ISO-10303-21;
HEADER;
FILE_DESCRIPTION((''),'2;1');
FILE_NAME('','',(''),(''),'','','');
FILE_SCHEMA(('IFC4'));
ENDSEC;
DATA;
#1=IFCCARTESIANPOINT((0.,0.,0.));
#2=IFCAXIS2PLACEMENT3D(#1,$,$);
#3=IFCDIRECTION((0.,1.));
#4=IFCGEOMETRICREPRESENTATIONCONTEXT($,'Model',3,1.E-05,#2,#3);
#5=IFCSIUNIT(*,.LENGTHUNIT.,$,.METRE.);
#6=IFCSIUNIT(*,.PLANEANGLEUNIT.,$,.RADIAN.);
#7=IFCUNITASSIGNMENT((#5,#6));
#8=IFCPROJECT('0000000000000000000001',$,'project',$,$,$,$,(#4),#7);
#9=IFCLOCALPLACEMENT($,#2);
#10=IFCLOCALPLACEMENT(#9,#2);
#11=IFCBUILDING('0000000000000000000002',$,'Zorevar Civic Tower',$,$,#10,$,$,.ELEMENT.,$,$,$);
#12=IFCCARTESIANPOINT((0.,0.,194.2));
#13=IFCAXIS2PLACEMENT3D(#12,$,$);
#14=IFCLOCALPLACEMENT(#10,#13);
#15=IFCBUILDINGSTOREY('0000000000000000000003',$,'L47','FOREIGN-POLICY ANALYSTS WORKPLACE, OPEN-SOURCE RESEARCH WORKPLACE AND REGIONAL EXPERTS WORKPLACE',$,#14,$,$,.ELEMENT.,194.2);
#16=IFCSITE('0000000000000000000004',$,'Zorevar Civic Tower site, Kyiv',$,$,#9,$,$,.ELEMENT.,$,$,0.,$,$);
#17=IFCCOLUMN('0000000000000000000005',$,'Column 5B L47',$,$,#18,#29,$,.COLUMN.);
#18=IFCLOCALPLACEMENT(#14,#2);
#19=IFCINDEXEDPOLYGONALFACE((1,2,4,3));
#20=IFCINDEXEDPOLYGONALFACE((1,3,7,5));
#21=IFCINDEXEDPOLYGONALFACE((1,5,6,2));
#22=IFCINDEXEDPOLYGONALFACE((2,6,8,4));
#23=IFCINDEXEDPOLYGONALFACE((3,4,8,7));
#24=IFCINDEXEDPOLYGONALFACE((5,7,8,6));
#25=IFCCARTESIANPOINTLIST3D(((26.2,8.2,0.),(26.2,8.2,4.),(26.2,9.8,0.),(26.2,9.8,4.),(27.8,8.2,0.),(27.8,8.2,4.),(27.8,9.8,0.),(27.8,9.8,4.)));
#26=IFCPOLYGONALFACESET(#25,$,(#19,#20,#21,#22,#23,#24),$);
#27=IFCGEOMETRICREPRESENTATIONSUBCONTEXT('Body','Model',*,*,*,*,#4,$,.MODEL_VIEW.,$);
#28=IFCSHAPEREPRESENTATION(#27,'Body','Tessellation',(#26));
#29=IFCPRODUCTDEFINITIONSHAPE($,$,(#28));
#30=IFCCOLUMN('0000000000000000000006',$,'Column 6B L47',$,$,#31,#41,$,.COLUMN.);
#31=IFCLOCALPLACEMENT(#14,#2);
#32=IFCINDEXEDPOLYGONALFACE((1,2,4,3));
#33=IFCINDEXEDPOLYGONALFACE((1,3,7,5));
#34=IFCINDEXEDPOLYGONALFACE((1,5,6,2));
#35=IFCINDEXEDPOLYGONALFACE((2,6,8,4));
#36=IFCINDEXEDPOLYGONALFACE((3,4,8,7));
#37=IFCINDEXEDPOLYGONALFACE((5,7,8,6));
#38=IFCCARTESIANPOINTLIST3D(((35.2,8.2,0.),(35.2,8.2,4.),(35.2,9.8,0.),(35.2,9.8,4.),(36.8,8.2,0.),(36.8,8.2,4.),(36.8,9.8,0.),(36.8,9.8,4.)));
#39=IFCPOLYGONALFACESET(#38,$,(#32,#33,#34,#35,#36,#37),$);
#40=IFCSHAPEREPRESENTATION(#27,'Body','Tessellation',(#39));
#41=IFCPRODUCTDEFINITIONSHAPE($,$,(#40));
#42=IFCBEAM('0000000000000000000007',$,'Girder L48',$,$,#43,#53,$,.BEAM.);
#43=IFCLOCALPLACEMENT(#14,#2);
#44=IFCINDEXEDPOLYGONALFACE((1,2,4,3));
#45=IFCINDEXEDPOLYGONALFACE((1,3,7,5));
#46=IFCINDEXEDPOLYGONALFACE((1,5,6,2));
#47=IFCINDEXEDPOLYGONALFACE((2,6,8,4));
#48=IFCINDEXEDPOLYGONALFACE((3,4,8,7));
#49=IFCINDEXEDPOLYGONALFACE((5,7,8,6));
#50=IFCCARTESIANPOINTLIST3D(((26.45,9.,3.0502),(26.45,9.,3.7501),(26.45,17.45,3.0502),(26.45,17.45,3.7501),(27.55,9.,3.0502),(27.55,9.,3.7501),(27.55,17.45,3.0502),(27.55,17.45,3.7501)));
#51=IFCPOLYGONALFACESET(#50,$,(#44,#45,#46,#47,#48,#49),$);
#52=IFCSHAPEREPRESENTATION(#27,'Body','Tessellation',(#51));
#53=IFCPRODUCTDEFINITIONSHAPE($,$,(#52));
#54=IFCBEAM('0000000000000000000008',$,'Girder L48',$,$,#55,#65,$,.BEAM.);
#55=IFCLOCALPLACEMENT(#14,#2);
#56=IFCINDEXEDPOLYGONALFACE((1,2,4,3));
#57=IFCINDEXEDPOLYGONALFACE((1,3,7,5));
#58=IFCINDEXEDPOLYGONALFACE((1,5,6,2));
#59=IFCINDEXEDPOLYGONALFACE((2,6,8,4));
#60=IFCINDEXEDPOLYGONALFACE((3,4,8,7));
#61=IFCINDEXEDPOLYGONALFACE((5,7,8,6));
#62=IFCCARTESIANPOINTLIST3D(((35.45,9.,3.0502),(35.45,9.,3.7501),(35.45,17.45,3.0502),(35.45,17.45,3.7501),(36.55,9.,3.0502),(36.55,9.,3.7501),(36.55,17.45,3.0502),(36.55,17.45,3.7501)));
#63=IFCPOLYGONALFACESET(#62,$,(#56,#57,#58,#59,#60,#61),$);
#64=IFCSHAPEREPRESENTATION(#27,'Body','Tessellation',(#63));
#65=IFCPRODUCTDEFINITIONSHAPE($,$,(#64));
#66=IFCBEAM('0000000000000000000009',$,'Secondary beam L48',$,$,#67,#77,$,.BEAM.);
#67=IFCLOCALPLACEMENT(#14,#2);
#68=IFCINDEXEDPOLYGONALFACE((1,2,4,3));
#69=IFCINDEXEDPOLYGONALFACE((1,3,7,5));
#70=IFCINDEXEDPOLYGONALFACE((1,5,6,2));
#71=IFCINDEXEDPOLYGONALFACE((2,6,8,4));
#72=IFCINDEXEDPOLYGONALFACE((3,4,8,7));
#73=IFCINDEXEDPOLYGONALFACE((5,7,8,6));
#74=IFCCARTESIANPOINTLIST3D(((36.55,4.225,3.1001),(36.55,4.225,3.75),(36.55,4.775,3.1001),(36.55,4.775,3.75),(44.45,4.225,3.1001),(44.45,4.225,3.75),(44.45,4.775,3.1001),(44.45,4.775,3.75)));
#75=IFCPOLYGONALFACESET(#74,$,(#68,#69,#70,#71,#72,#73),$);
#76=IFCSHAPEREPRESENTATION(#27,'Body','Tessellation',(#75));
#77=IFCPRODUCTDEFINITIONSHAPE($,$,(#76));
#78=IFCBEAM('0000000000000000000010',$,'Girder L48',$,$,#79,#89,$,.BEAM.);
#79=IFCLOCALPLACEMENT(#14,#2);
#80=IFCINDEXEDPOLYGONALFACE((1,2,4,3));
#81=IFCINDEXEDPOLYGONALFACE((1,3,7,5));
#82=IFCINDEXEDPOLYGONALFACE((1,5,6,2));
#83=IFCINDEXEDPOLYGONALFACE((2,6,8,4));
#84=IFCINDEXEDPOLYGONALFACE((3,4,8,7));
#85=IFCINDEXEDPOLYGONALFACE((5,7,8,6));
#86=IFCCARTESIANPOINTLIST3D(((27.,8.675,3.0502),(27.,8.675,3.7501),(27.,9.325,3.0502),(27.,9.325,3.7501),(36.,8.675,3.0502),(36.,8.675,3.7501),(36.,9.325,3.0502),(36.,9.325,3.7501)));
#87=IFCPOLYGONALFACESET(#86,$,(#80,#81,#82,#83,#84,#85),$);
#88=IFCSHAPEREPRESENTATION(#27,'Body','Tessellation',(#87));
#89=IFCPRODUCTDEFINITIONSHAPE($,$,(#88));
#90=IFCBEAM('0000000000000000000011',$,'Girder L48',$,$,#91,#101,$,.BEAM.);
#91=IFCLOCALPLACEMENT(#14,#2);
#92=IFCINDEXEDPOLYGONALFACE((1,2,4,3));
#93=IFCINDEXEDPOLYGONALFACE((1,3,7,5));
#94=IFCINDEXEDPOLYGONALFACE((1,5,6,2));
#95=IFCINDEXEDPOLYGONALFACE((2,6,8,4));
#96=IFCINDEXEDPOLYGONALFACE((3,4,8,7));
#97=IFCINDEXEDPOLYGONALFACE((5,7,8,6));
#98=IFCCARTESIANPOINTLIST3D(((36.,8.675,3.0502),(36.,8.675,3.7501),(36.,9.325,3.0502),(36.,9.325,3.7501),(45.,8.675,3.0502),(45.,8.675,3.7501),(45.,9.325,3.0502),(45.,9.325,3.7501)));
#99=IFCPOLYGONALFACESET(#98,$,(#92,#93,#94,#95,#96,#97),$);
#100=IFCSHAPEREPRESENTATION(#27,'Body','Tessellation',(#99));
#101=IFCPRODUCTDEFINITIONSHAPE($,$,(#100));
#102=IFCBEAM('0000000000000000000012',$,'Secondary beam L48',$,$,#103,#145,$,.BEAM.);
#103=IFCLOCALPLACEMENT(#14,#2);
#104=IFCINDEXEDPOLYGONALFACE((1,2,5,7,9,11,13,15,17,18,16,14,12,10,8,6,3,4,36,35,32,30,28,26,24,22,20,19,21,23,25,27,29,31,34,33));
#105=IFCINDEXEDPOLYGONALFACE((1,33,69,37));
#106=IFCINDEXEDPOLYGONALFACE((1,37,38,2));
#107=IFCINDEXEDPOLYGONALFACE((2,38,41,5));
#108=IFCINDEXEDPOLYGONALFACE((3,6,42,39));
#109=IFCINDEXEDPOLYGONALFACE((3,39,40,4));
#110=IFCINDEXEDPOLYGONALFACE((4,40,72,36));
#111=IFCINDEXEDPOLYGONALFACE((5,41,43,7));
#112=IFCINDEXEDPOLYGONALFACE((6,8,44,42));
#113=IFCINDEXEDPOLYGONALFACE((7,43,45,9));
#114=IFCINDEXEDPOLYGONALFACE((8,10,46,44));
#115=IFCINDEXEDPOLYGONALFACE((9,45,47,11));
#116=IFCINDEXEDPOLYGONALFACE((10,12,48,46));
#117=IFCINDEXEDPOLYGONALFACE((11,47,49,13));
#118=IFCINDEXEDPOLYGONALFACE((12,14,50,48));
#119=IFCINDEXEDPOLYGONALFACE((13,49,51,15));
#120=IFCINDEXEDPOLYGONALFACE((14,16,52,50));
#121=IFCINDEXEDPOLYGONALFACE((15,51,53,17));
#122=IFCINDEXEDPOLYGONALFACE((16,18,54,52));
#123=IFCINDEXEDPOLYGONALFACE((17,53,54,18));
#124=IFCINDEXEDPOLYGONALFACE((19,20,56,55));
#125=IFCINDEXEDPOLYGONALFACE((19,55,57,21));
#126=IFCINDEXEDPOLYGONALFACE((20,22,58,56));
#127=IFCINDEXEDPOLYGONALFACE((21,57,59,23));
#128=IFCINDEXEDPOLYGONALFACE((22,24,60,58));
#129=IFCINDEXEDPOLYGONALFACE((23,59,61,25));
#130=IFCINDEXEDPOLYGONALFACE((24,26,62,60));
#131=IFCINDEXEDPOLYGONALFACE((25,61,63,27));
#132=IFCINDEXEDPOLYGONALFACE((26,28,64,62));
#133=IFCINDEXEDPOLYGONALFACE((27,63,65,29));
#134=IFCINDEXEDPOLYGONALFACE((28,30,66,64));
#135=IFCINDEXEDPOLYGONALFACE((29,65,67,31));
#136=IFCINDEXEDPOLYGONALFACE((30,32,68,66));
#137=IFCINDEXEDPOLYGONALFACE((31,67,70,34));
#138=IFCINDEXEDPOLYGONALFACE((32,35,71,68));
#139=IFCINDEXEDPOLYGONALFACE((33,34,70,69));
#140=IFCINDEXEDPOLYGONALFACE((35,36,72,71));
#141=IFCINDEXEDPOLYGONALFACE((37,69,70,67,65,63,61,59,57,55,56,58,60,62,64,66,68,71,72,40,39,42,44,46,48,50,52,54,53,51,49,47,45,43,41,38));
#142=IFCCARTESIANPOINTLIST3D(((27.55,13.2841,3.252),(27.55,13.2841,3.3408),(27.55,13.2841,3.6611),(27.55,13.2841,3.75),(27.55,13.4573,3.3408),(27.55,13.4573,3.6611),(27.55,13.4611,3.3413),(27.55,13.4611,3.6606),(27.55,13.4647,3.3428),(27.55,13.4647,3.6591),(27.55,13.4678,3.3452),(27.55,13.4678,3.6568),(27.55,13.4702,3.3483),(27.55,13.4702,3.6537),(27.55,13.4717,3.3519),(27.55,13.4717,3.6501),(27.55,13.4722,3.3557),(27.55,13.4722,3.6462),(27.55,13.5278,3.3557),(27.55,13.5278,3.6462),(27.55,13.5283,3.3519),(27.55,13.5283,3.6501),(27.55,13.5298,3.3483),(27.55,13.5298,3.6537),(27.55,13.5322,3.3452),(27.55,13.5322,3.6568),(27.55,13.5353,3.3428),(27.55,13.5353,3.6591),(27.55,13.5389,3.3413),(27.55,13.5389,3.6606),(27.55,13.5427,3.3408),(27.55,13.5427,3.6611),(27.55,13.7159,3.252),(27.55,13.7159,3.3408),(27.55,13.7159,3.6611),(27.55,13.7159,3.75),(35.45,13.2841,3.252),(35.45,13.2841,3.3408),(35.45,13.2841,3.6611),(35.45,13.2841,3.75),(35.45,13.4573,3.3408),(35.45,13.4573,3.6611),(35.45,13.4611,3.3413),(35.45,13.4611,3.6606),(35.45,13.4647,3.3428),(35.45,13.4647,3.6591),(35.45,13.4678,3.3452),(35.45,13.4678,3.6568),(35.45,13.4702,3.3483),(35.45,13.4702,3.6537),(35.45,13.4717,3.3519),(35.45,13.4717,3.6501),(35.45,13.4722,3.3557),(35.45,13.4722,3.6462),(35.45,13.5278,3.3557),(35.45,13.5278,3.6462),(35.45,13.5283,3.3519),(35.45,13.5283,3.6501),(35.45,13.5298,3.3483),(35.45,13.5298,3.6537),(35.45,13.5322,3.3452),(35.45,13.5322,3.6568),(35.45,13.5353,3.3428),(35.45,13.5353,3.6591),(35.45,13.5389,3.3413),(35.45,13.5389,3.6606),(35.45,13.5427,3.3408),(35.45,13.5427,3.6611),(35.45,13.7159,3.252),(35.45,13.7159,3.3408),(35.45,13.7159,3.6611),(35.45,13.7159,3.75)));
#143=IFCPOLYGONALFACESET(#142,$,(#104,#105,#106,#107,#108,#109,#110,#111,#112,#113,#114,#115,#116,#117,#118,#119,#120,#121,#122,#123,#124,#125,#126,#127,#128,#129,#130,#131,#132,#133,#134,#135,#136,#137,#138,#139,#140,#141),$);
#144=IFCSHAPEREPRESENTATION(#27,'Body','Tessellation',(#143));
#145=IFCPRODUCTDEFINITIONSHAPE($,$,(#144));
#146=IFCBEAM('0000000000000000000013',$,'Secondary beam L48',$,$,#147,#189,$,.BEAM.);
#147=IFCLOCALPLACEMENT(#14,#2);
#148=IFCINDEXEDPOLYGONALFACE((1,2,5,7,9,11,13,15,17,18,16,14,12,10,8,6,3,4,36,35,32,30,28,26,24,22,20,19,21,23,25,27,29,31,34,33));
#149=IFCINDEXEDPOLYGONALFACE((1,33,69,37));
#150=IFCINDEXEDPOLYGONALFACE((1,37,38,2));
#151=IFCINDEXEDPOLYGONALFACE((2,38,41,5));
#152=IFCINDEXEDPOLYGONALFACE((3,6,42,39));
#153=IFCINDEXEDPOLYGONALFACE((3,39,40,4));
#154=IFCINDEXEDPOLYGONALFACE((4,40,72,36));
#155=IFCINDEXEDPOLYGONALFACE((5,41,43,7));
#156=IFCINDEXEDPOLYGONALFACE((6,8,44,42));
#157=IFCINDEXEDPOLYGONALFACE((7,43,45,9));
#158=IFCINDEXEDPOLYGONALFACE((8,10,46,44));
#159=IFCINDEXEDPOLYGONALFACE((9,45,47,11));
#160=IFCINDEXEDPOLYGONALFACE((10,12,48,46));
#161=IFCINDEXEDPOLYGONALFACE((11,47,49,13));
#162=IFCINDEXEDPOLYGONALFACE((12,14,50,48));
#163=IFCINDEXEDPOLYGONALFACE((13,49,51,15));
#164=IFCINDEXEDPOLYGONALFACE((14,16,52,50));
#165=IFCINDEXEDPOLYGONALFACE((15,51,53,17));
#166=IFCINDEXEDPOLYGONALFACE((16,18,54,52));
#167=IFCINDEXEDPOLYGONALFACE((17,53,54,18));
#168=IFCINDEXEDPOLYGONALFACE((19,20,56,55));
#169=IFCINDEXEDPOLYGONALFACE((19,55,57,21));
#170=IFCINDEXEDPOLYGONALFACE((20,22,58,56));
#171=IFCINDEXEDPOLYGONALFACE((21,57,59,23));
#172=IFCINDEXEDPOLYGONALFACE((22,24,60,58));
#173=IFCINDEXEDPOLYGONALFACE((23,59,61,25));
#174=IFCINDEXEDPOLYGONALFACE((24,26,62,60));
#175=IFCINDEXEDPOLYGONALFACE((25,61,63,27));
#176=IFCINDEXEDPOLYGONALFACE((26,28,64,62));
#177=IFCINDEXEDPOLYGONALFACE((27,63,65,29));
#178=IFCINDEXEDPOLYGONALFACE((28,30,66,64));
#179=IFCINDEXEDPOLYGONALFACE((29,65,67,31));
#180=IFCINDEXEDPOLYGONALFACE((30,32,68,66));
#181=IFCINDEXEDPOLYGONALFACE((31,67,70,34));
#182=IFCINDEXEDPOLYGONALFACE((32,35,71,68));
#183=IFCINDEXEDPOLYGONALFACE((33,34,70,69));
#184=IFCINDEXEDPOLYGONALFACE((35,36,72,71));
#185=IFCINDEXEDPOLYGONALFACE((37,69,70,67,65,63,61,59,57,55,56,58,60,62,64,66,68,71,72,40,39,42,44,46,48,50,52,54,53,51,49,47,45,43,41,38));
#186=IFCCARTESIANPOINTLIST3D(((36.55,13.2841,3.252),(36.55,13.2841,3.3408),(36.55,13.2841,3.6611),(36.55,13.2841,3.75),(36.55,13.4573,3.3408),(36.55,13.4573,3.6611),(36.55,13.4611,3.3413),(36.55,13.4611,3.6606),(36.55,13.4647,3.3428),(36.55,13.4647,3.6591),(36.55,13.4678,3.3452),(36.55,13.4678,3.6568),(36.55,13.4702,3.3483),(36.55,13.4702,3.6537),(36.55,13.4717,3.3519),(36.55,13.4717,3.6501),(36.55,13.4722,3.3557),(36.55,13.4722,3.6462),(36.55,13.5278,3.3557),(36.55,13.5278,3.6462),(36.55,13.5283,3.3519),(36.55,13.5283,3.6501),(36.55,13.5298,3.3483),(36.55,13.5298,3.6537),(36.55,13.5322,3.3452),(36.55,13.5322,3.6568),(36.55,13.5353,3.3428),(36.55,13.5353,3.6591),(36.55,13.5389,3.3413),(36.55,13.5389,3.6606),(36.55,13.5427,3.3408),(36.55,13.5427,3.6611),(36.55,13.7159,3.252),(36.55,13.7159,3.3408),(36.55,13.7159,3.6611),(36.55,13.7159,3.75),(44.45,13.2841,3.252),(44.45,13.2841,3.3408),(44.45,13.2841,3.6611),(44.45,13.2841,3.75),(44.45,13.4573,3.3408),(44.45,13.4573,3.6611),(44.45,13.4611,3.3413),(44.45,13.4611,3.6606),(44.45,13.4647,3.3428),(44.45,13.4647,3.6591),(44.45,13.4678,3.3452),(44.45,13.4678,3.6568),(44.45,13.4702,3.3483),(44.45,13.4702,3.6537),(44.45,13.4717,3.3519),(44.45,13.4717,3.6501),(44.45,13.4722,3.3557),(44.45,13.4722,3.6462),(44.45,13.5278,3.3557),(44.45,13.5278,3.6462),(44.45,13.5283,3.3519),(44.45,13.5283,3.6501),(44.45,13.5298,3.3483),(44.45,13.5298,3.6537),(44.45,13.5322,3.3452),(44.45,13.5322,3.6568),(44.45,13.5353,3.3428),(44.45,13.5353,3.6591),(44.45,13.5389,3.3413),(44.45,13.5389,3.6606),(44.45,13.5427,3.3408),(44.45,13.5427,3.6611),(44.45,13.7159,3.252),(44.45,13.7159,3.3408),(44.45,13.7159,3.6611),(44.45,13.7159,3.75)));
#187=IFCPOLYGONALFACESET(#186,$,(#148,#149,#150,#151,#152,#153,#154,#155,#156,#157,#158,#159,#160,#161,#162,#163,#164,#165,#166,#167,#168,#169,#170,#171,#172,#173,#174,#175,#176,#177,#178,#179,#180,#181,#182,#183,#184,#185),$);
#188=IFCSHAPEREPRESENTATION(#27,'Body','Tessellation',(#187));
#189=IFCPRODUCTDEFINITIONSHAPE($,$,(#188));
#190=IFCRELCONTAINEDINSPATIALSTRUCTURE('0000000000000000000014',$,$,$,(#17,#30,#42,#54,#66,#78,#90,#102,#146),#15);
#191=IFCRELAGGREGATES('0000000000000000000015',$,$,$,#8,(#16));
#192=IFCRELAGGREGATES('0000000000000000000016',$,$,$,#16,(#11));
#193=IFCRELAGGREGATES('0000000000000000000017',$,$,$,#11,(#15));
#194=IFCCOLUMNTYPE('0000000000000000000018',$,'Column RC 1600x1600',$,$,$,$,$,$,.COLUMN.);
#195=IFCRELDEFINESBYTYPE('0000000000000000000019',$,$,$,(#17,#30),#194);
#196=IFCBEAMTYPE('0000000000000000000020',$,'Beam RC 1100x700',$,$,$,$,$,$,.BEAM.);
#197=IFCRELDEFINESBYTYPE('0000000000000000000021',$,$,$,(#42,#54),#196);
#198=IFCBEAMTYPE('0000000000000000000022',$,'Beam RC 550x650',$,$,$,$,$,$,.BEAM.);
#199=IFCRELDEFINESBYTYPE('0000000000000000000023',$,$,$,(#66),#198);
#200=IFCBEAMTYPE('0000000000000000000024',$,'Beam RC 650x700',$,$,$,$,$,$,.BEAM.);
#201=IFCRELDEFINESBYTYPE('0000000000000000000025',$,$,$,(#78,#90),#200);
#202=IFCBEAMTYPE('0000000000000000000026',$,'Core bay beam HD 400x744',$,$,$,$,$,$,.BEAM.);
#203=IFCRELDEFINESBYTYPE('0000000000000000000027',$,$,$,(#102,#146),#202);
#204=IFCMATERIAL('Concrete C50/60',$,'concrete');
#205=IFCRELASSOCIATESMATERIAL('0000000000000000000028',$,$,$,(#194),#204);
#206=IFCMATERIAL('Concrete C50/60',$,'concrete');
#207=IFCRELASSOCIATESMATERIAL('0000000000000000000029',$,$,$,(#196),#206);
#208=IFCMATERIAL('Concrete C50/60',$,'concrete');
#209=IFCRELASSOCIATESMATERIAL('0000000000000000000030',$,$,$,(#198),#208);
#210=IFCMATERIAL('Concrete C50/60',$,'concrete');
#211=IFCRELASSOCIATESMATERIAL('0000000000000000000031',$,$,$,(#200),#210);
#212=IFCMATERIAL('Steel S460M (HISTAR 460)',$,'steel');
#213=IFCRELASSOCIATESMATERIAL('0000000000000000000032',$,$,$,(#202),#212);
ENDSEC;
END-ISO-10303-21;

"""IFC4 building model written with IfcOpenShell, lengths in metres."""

from ifc_helpers import new_model, si_unit, direction, frame, origin, origin_2d, place, context, subcontext, project, spatial, rectangle, i_section, extrude, material, material_profile, profile_set, type_object, element, save


model = new_model("IFC4")

# Units and contexts
model_context = context("Model", 3, precision=1e-05, world=origin(), true_north=direction((0.0, 1.0)))
body_context = subcontext(model_context, "Body", "Model", "MODEL_VIEW")
ifc_project = project(units=[si_unit("LENGTHUNIT", "METRE"), si_unit("PLANEANGLEUNIT", "RADIAN")], contexts=[model_context])

# Site, building, storey
site_placement = place(None, origin())
site = spatial("IfcSite", under=ifc_project, at=site_placement, Name="Zorevar Civic Tower site, Kyiv", CompositionType="ELEMENT", RefElevation=0.0)
building_placement = place(site_placement, origin())
building = spatial("IfcBuilding", under=site, at=building_placement, Name="Zorevar Civic Tower", CompositionType="ELEMENT")
storey_placement = place(building_placement, frame((0.0, 0.0, 194.2)))
storey = spatial("IfcBuildingStorey", under=building, at=storey_placement, Name="L47", Description="FOREIGN-POLICY ANALYSTS WORKPLACE, OPEN-SOURCE RESEARCH WORKPLACE AND REGIONAL EXPERTS WORKPLACE", CompositionType="ELEMENT", Elevation=194.2)

# Columns
ifc_material_1 = material(Name="Concrete C50/60", Category="concrete")
ifc_material_profile_1 = material_profile(ifc_material_1, rectangle(XDim=1.6001, YDim=1.6001, at=origin_2d()), Name="RC 1600x1600")
ifc_profile_set_1 = profile_set([ifc_material_profile_1], Name="Concrete C50/60")
column_type = type_object("IfcColumnType", Name="Column RC 1600x1600", PredefinedType="COLUMN", material=ifc_profile_set_1)
for number, where, z_axis, x_axis, name in (
    (1, (27.0, 9.0, 0.0), (0.0, 0.0, 1.0), (1.0, 0.0, 0.0), "Column 5B L47"),
    (2, (36.0, 9.0, 0.0), (0.0, 0.0, 1.0), (1.0, 0.0, 0.0), "Column 6B L47"),
):
    element("IfcColumn", number, at=place(storey_placement, frame(where, z_axis=z_axis, x_axis=x_axis)), inside=storey, type_object=column_type, Name=name, PredefinedType="COLUMN", context=body_context, shape_type="SweptSolid", body=[
        extrude(rectangle(XDim=1.6001, YDim=1.6001, at=origin_2d()), origin(), (0.0, 0.0, 1.0), 4.0),
    ])

# Beams
ifc_material_2 = material(Name="Concrete C50/60", Category="concrete")
ifc_material_profile_2 = material_profile(ifc_material_2, rectangle(XDim=1.1001, YDim=0.7, at=origin_2d()), Name="RC 1100x700")
ifc_profile_set_2 = profile_set([ifc_material_profile_2], Name="Concrete C50/60")
beam_type_1 = type_object("IfcBeamType", Name="Beam RC 1100x700", PredefinedType="BEAM", material=ifc_profile_set_2)
for number, where, z_axis, x_axis, name in (
    (3, (27.0, 9.0, 3.4001), (0.0, 1.0, 0.0), (-1.0, 0.0, 0.0), "Girder L48"),
    (4, (36.0, 9.0, 3.4001), (0.0, 1.0, 0.0), (-1.0, 0.0, 0.0), "Girder L48"),
):
    element("IfcBeam", number, at=place(storey_placement, frame(where, z_axis=z_axis, x_axis=x_axis)), inside=storey, type_object=beam_type_1, Name=name, PredefinedType="BEAM", context=body_context, shape_type="SweptSolid", body=[
        extrude(rectangle(XDim=1.1001, YDim=0.7, at=origin_2d()), origin(), (0.0, 0.0, 1.0), 8.45),
    ])
ifc_material_3 = material(Name="Concrete C50/60", Category="concrete")
ifc_material_profile_3 = material_profile(ifc_material_3, rectangle(XDim=0.55, YDim=0.6499, at=origin_2d()), Name="RC 550x650")
ifc_profile_set_3 = profile_set([ifc_material_profile_3], Name="Concrete C50/60")
beam_type_2 = type_object("IfcBeamType", Name="Beam RC 550x650", PredefinedType="BEAM", material=ifc_profile_set_3)
beam_placement = place(storey_placement, frame((36.55, 4.5, 3.425), z_axis=(1.0, 0.0, 0.0), x_axis=(0.0, 1.0, 0.0)))
element("IfcBeam", 5, at=beam_placement, inside=storey, type_object=beam_type_2, Name="Secondary beam L48", PredefinedType="BEAM", context=body_context, shape_type="SweptSolid", body=[
    extrude(rectangle(XDim=0.55, YDim=0.6499, at=origin_2d()), origin(), (0.0, 0.0, 1.0), 7.8999),
])
ifc_material_4 = material(Name="Concrete C50/60", Category="concrete")
ifc_material_profile_4 = material_profile(ifc_material_4, rectangle(XDim=0.6499, YDim=0.7, at=origin_2d()), Name="RC 650x700")
ifc_profile_set_4 = profile_set([ifc_material_profile_4], Name="Concrete C50/60")
beam_type_3 = type_object("IfcBeamType", Name="Beam RC 650x700", PredefinedType="BEAM", material=ifc_profile_set_4)
for number, where, z_axis, x_axis, name in (
    (6, (27.0, 9.0, 3.4001), (1.0, 0.0, 0.0), (0.0, 1.0, 0.0), "Girder L48"),
    (7, (36.0, 9.0, 3.4001), (1.0, 0.0, 0.0), (0.0, 1.0, 0.0), "Girder L48"),
):
    element("IfcBeam", number, at=place(storey_placement, frame(where, z_axis=z_axis, x_axis=x_axis)), inside=storey, type_object=beam_type_3, Name=name, PredefinedType="BEAM", context=body_context, shape_type="SweptSolid", body=[
        extrude(rectangle(XDim=0.6499, YDim=0.7, at=origin_2d()), origin(), (0.0, 0.0, 1.0), 9.0),
    ])
ifc_material_5 = material(Name="Steel S460M (HISTAR 460)", Category="steel")
ifc_material_profile_5 = material_profile(ifc_material_5, i_section(OverallWidth=0.4319, OverallDepth=0.498, WebThickness=0.0557, FlangeThickness=0.0889, FilletRadius=0.0149, at=origin_2d()), Name="HD 400x744")
ifc_profile_set_5 = profile_set([ifc_material_profile_5], Name="Steel S460M (HISTAR 460)")
beam_type_4 = type_object("IfcBeamType", Name="Core bay beam HD 400x744", PredefinedType="BEAM", material=ifc_profile_set_5)
for number, where, z_axis, x_axis, name in (
    (8, (27.55, 13.5, 3.501), (1.0, 0.0, 0.0), (0.0, 1.0, 0.0), "Secondary beam L48"),
    (9, (36.55, 13.5, 3.501), (1.0, 0.0, 0.0), (0.0, 1.0, 0.0), "Secondary beam L48"),
):
    element("IfcBeam", number, at=place(storey_placement, frame(where, z_axis=z_axis, x_axis=x_axis)), inside=storey, type_object=beam_type_4, Name=name, PredefinedType="BEAM", context=body_context, shape_type="SweptSolid", body=[
        extrude(i_section(OverallWidth=0.4319, OverallDepth=0.498, WebThickness=0.0557, FlangeThickness=0.0889, FilletRadius=0.0149, at=origin_2d()), origin(), (0.0, 0.0, 1.0), 7.8999),
    ])

save(model, "model.ifc")
